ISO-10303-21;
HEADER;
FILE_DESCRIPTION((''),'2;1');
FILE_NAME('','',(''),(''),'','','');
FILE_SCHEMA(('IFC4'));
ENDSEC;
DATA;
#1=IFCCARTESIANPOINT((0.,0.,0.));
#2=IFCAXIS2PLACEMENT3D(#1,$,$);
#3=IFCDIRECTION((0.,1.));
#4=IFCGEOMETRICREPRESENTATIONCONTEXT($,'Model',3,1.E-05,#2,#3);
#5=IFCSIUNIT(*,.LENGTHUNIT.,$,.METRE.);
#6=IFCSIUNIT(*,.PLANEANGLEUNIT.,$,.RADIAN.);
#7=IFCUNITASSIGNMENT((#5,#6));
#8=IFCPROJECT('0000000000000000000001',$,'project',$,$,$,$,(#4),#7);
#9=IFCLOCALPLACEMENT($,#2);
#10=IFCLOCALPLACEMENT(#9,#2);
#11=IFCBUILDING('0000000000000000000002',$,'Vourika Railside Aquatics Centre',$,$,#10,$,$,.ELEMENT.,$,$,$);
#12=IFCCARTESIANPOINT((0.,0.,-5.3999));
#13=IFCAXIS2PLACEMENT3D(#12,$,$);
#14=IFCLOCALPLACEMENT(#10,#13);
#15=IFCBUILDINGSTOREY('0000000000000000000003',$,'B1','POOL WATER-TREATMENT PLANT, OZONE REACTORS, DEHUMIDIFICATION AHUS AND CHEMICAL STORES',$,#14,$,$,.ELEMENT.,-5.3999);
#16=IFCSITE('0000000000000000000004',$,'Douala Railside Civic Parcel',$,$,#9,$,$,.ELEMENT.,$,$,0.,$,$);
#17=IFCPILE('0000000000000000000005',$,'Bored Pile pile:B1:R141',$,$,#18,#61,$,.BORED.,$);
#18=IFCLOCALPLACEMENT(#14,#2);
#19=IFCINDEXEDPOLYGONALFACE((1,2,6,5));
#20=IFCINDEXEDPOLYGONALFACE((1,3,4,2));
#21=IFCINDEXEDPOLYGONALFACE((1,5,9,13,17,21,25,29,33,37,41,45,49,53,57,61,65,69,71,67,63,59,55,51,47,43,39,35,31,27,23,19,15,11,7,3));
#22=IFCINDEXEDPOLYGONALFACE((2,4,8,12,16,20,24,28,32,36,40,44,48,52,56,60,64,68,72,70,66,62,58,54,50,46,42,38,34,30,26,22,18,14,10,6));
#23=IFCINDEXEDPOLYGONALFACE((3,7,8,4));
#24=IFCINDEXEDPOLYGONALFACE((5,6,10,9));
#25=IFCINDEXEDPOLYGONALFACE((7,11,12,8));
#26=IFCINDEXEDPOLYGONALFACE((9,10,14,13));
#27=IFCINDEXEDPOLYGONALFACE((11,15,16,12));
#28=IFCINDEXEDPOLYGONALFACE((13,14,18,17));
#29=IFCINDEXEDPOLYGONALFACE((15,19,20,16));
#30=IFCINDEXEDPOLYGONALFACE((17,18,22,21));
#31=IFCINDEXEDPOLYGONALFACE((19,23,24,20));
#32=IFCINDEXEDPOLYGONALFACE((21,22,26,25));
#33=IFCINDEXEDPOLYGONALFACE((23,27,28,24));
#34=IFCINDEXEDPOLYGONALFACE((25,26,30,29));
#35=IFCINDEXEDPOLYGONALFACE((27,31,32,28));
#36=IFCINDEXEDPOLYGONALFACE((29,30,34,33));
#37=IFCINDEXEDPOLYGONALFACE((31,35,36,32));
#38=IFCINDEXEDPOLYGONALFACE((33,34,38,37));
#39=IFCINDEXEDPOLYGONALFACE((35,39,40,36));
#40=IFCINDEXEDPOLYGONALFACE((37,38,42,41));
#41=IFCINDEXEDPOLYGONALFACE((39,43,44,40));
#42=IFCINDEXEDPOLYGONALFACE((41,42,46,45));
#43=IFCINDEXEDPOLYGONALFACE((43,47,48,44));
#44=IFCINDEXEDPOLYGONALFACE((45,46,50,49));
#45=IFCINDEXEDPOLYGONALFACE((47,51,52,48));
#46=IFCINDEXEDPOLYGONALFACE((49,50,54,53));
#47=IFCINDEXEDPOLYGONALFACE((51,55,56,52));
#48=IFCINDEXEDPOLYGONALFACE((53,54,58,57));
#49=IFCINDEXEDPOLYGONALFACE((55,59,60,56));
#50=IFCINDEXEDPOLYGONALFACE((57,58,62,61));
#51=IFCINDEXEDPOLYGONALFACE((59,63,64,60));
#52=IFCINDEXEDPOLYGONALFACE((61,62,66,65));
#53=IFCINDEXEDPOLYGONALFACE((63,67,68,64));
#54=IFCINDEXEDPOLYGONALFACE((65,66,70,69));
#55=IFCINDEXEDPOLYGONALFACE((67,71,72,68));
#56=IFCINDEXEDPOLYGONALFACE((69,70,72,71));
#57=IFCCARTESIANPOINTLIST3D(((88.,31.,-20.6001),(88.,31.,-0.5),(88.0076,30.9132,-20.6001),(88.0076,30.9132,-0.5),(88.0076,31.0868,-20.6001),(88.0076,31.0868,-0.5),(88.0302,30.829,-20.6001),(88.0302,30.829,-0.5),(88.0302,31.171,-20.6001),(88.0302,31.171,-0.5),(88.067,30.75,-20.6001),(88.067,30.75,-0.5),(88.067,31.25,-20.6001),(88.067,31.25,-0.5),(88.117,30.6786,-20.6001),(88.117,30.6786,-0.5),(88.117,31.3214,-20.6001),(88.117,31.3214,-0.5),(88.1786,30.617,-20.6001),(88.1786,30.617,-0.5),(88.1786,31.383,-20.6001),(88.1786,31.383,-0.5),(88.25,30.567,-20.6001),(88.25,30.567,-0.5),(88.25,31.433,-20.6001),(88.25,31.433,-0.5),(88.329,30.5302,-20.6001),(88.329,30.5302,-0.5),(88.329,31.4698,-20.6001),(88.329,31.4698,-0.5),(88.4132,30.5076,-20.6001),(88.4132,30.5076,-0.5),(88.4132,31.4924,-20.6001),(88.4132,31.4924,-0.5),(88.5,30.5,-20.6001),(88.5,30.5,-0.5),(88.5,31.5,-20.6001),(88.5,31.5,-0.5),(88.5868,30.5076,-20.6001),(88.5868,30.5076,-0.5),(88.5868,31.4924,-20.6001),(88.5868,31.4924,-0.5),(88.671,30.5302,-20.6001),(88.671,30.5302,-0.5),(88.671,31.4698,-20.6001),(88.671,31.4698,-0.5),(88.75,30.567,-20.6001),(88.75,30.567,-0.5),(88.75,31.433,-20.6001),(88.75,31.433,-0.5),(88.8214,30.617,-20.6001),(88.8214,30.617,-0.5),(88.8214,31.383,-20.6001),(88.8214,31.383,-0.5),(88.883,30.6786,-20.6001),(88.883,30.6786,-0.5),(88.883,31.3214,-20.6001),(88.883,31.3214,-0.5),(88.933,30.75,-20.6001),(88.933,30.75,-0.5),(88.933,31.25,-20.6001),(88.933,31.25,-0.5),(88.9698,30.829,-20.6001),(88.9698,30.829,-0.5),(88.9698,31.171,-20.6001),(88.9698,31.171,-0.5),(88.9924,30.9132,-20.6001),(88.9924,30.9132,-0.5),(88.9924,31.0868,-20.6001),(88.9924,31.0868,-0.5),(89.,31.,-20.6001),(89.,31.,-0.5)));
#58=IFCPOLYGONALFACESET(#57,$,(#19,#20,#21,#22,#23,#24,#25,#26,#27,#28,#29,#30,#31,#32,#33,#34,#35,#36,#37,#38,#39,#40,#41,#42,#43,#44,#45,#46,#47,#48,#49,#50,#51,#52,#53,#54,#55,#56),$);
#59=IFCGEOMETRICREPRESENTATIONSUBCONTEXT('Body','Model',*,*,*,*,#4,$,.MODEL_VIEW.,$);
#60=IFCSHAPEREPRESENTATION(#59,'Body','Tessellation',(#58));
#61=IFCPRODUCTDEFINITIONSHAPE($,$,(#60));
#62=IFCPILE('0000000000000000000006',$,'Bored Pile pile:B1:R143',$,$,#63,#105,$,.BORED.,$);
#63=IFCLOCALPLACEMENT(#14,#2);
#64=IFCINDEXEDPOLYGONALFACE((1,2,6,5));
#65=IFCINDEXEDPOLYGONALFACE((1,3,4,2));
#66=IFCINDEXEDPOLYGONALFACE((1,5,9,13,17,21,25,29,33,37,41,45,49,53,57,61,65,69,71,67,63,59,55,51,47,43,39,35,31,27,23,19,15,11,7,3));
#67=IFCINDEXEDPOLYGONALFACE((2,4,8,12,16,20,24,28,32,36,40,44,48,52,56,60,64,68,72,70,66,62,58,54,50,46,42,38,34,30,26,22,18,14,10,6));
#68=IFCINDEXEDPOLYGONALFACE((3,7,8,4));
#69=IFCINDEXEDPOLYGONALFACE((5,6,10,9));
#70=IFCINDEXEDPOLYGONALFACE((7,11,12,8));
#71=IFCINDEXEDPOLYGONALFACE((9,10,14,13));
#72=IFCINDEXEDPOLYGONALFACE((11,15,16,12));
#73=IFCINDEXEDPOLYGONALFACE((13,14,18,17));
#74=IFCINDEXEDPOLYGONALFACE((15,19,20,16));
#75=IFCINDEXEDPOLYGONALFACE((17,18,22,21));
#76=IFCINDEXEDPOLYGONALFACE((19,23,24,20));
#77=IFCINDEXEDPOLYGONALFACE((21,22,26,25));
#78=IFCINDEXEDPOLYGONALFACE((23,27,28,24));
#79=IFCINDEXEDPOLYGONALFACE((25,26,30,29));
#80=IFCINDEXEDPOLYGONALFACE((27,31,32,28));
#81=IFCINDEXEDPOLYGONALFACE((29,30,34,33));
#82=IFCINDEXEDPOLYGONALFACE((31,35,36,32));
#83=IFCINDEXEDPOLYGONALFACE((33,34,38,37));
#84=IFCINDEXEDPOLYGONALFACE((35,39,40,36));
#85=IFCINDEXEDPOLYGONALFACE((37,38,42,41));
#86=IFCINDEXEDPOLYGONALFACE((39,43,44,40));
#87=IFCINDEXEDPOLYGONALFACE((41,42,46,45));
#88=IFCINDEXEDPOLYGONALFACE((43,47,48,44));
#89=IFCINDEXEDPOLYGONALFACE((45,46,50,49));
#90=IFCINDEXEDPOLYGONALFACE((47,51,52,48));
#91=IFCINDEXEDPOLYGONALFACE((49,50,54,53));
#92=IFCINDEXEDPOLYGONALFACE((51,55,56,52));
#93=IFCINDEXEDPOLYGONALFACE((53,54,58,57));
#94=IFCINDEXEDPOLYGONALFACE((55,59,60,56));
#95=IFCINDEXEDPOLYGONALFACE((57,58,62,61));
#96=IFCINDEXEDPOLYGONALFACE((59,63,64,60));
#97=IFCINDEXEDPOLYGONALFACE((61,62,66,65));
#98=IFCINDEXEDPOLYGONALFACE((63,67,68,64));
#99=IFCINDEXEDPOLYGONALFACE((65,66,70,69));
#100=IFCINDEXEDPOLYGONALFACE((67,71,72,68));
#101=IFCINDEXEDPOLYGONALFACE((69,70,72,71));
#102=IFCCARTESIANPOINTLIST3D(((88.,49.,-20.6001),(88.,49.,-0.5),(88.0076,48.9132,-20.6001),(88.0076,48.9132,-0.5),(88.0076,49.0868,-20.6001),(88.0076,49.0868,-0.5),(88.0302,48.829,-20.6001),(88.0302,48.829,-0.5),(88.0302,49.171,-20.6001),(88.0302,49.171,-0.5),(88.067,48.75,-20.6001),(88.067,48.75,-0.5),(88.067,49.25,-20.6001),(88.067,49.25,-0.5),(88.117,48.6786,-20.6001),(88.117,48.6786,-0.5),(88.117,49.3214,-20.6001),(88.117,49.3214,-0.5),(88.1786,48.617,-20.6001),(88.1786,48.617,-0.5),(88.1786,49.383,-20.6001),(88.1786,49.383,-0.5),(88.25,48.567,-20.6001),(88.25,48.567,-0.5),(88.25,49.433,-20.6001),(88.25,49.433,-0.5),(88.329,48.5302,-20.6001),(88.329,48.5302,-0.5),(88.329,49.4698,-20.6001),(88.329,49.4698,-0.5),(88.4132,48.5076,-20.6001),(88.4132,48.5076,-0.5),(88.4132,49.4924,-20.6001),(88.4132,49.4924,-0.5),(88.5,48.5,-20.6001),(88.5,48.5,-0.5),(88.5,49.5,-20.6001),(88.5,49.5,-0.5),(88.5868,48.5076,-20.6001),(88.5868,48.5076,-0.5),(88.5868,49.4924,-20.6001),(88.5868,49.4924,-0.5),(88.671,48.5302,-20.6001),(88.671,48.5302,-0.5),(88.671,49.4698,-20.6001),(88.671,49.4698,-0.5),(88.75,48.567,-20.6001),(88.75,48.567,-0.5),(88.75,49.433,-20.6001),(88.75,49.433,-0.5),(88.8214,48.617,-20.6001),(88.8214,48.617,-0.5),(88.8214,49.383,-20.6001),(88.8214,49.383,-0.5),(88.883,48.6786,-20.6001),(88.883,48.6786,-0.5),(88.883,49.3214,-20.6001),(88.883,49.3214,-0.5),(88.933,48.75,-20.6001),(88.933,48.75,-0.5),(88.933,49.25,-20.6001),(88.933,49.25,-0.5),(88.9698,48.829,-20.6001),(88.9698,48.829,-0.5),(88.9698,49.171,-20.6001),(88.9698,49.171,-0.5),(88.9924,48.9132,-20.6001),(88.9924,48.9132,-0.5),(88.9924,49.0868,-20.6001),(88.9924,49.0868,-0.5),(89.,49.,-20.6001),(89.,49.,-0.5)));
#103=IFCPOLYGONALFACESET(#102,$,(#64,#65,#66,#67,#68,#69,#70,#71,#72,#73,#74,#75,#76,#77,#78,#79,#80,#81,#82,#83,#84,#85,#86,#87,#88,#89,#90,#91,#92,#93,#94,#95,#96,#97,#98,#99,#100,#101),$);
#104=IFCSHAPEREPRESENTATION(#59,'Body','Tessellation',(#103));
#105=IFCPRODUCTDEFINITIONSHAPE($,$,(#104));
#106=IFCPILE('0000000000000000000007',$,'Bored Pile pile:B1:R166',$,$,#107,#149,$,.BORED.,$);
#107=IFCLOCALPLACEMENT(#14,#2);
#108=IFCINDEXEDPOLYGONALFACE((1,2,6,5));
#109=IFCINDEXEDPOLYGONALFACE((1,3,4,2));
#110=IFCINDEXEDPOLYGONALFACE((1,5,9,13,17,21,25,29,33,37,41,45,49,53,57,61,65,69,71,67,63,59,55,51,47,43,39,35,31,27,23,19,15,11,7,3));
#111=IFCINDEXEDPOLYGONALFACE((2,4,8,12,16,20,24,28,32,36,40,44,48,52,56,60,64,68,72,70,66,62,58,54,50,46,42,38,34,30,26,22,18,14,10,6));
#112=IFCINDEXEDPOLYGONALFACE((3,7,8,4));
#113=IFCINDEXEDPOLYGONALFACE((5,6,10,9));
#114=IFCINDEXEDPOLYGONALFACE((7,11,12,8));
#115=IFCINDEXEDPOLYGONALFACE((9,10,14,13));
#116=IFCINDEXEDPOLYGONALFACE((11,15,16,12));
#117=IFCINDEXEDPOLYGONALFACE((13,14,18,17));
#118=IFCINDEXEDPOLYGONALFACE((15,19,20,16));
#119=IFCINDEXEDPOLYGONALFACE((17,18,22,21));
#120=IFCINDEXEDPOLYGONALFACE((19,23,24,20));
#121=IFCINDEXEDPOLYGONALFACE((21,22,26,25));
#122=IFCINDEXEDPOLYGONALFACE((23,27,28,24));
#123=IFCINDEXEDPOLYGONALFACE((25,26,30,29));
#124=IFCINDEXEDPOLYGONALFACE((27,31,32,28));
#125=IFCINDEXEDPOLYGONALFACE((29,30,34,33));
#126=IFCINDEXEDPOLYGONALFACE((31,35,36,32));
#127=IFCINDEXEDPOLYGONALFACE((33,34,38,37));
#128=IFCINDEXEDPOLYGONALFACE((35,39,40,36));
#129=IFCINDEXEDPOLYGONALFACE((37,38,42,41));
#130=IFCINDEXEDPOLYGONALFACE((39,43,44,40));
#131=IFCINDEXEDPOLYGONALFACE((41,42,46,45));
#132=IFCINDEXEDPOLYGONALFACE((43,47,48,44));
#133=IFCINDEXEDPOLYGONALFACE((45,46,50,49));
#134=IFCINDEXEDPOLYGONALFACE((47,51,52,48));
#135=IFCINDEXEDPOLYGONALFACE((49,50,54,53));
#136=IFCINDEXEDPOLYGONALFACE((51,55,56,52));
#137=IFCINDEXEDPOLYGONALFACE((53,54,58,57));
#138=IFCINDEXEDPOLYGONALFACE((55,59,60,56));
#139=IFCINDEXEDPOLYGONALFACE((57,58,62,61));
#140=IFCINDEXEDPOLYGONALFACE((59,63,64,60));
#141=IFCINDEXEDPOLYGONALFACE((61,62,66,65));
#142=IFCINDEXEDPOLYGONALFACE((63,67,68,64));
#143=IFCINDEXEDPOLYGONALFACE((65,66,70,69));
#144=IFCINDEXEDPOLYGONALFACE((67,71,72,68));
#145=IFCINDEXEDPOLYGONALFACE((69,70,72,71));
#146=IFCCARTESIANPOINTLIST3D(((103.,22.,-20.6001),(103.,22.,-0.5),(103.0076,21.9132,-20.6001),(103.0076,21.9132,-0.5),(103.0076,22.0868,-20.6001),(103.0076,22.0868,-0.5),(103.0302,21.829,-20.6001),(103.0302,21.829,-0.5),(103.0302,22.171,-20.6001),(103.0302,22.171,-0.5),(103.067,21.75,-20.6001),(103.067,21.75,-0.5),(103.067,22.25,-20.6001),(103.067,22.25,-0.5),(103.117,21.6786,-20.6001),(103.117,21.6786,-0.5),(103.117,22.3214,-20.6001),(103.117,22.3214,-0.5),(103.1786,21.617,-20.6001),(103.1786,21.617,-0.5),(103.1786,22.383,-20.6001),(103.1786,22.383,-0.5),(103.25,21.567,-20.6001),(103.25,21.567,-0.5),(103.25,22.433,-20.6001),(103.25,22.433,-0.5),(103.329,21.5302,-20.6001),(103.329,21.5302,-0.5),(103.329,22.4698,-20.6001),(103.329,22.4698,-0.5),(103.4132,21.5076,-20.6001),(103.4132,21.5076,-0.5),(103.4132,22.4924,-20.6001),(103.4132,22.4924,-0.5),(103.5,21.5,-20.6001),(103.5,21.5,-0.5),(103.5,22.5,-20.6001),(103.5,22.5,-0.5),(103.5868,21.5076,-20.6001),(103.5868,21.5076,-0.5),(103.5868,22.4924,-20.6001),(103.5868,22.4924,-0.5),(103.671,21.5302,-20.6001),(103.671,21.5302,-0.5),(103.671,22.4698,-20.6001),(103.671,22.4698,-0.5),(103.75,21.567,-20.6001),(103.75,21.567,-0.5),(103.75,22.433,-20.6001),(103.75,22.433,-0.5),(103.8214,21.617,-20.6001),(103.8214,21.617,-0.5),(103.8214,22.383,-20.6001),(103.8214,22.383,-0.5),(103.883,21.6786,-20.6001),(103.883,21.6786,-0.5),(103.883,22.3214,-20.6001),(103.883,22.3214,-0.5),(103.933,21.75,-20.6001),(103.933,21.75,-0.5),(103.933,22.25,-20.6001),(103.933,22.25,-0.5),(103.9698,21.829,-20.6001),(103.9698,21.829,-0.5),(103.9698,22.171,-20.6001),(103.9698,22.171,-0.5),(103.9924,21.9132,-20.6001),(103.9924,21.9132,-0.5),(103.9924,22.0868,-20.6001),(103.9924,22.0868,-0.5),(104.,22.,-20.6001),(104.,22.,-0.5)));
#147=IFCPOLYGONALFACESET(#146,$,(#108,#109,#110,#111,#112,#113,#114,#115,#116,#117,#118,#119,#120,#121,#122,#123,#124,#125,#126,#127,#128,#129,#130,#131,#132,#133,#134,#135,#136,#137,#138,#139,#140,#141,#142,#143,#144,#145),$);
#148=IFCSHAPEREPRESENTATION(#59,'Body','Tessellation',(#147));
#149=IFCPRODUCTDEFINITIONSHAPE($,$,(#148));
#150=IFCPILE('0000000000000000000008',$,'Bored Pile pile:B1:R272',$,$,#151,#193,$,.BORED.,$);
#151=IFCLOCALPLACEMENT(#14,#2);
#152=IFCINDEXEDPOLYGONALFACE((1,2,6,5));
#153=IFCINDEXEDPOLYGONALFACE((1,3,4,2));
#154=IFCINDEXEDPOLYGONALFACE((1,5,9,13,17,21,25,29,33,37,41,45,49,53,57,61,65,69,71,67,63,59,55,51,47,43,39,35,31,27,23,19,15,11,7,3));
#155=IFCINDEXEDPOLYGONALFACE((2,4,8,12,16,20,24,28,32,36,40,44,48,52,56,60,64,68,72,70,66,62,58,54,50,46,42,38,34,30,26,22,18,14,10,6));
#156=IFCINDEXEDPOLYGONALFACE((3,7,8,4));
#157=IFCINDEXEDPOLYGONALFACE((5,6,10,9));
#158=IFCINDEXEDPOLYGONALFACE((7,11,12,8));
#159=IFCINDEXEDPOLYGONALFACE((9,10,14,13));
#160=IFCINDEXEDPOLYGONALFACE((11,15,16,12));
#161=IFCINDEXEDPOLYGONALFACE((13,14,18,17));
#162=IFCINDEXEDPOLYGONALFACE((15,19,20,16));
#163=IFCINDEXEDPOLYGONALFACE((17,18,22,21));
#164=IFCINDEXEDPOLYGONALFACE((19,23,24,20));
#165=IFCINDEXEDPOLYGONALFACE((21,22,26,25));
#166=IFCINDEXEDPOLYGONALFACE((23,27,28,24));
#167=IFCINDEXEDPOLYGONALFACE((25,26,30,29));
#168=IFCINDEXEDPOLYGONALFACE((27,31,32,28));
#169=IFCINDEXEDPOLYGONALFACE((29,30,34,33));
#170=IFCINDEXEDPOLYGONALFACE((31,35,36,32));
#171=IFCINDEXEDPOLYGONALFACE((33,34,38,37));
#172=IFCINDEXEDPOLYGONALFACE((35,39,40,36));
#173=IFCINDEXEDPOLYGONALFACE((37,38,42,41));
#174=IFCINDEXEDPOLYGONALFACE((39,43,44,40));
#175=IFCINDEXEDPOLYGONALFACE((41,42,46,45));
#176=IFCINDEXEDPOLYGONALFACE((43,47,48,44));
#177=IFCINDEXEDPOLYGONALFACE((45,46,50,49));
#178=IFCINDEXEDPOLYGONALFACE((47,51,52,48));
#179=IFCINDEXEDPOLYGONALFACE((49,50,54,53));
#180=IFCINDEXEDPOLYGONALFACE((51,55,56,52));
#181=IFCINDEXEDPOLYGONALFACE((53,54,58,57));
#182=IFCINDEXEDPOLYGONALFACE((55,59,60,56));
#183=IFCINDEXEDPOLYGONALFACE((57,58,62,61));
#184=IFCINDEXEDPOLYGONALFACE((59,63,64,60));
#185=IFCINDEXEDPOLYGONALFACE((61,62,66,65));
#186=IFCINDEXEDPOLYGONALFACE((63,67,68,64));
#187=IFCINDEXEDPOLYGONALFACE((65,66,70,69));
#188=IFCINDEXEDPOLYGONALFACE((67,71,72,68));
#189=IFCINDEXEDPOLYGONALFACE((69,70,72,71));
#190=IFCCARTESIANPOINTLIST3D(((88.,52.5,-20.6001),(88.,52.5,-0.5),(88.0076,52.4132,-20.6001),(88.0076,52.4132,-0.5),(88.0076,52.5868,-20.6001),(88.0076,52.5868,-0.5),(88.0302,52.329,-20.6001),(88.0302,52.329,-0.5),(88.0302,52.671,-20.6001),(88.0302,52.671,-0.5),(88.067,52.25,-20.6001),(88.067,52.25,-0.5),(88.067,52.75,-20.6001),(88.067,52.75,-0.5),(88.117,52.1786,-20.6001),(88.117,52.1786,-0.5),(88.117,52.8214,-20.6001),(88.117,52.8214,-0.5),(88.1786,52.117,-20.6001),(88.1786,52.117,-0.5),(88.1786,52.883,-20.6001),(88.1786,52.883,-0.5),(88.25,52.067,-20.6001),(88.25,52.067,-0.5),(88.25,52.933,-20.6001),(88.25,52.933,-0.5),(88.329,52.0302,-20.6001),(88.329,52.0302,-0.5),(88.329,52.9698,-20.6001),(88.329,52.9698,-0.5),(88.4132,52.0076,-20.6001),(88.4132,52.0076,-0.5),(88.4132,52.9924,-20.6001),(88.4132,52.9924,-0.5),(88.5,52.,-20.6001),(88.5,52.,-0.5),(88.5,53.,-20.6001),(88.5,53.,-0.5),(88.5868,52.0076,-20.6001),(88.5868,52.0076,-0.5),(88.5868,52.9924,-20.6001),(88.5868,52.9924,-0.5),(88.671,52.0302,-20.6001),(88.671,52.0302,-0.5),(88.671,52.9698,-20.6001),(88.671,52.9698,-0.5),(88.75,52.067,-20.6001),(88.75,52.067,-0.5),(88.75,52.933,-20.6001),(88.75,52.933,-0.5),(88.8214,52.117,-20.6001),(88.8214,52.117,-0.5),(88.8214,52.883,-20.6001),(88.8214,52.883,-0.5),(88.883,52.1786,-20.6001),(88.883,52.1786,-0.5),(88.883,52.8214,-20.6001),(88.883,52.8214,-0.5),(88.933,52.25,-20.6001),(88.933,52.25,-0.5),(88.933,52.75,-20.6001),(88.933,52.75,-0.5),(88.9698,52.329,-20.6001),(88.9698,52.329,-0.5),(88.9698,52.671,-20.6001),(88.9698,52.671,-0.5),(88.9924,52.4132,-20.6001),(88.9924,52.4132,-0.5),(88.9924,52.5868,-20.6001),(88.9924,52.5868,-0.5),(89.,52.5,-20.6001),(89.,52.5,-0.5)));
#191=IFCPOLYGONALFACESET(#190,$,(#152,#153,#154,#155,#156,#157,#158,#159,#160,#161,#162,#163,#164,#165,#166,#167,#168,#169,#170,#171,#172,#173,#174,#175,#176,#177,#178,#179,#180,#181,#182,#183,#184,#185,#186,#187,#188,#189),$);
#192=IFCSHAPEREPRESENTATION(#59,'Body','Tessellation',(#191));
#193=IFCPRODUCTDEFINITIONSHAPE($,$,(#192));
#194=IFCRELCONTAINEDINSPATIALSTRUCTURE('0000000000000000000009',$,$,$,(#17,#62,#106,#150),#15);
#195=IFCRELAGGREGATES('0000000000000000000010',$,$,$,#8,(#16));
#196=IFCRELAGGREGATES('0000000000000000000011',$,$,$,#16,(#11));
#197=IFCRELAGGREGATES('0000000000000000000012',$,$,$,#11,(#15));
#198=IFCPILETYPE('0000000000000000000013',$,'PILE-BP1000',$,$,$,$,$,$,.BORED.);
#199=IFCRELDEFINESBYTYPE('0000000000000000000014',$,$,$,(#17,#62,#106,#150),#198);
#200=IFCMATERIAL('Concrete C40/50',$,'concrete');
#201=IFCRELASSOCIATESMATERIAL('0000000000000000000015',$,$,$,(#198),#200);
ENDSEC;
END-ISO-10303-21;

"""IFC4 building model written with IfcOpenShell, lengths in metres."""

from ifc_helpers import new_model, si_unit, direction, frame, origin, origin_2d, place, context, subcontext, project, spatial, circle, extrude, material, material_profile, profile_set, type_object, element, save


model = new_model("IFC4")

# Units and contexts
model_context = context("Model", 3, precision=1e-05, world=origin(), true_north=direction((0.0, 1.0)))
body_context = subcontext(model_context, "Body", "Model", "MODEL_VIEW")
ifc_project = project(units=[si_unit("LENGTHUNIT", "METRE"), si_unit("PLANEANGLEUNIT", "RADIAN")], contexts=[model_context])

# Site, building, storey
site_placement = place(None, origin())
site = spatial("IfcSite", under=ifc_project, at=site_placement, Name="Douala Railside Civic Parcel", CompositionType="ELEMENT", RefElevation=0.0)
building_placement = place(site_placement, origin())
building = spatial("IfcBuilding", under=site, at=building_placement, Name="Vourika Railside Aquatics Centre", CompositionType="ELEMENT")
storey_placement = place(building_placement, frame((0.0, 0.0, -5.3999)))
storey = spatial("IfcBuildingStorey", under=building, at=storey_placement, Name="B1", Description="POOL WATER-TREATMENT PLANT, OZONE REACTORS, DEHUMIDIFICATION AHUS AND CHEMICAL STORES", CompositionType="ELEMENT", Elevation=-5.3999)

# Piles
ifc_material_1 = material(Name="Concrete C40/50", Category="concrete")
ifc_material_profile_1 = material_profile(ifc_material_1, circle(Radius=0.5, at=origin_2d()), Name="BP 1000")
ifc_profile_set_1 = profile_set([ifc_material_profile_1], Name="Concrete C40/50")
pile_type_1 = type_object("IfcPileType", Name="PILE-BP1000", PredefinedType="BORED", material=ifc_profile_set_1)
for number, where, z_axis, x_axis, name in (
    (1, (88.5, 31.0, -0.5), (0.0, 0.0, -1.0), (1.0, 0.0, 0.0), "Bored Pile pile:B1:R141"),
    (2, (88.5, 49.0, -0.5), (0.0, 0.0, -1.0), (1.0, 0.0, 0.0), "Bored Pile pile:B1:R143"),
    (3, (103.5, 22.0, -0.5), (0.0, 0.0, -1.0), (1.0, 0.0, 0.0), "Bored Pile pile:B1:R166"),
    (4, (88.5, 52.5, -0.5), (0.0, 0.0, -1.0), (1.0, 0.0, 0.0), "Bored Pile pile:B1:R272"),
):
    element("IfcPile", number, at=place(storey_placement, frame(where, z_axis=z_axis, x_axis=x_axis)), inside=storey, type_object=pile_type_1, Name=name, PredefinedType="BORED", context=body_context, shape_type="SweptSolid", body=[
        extrude(circle(Radius=0.5, at=origin_2d()), origin(), (0.0, 0.0, 1.0), 20.1001),
    ])

save(model, "model.ifc")
